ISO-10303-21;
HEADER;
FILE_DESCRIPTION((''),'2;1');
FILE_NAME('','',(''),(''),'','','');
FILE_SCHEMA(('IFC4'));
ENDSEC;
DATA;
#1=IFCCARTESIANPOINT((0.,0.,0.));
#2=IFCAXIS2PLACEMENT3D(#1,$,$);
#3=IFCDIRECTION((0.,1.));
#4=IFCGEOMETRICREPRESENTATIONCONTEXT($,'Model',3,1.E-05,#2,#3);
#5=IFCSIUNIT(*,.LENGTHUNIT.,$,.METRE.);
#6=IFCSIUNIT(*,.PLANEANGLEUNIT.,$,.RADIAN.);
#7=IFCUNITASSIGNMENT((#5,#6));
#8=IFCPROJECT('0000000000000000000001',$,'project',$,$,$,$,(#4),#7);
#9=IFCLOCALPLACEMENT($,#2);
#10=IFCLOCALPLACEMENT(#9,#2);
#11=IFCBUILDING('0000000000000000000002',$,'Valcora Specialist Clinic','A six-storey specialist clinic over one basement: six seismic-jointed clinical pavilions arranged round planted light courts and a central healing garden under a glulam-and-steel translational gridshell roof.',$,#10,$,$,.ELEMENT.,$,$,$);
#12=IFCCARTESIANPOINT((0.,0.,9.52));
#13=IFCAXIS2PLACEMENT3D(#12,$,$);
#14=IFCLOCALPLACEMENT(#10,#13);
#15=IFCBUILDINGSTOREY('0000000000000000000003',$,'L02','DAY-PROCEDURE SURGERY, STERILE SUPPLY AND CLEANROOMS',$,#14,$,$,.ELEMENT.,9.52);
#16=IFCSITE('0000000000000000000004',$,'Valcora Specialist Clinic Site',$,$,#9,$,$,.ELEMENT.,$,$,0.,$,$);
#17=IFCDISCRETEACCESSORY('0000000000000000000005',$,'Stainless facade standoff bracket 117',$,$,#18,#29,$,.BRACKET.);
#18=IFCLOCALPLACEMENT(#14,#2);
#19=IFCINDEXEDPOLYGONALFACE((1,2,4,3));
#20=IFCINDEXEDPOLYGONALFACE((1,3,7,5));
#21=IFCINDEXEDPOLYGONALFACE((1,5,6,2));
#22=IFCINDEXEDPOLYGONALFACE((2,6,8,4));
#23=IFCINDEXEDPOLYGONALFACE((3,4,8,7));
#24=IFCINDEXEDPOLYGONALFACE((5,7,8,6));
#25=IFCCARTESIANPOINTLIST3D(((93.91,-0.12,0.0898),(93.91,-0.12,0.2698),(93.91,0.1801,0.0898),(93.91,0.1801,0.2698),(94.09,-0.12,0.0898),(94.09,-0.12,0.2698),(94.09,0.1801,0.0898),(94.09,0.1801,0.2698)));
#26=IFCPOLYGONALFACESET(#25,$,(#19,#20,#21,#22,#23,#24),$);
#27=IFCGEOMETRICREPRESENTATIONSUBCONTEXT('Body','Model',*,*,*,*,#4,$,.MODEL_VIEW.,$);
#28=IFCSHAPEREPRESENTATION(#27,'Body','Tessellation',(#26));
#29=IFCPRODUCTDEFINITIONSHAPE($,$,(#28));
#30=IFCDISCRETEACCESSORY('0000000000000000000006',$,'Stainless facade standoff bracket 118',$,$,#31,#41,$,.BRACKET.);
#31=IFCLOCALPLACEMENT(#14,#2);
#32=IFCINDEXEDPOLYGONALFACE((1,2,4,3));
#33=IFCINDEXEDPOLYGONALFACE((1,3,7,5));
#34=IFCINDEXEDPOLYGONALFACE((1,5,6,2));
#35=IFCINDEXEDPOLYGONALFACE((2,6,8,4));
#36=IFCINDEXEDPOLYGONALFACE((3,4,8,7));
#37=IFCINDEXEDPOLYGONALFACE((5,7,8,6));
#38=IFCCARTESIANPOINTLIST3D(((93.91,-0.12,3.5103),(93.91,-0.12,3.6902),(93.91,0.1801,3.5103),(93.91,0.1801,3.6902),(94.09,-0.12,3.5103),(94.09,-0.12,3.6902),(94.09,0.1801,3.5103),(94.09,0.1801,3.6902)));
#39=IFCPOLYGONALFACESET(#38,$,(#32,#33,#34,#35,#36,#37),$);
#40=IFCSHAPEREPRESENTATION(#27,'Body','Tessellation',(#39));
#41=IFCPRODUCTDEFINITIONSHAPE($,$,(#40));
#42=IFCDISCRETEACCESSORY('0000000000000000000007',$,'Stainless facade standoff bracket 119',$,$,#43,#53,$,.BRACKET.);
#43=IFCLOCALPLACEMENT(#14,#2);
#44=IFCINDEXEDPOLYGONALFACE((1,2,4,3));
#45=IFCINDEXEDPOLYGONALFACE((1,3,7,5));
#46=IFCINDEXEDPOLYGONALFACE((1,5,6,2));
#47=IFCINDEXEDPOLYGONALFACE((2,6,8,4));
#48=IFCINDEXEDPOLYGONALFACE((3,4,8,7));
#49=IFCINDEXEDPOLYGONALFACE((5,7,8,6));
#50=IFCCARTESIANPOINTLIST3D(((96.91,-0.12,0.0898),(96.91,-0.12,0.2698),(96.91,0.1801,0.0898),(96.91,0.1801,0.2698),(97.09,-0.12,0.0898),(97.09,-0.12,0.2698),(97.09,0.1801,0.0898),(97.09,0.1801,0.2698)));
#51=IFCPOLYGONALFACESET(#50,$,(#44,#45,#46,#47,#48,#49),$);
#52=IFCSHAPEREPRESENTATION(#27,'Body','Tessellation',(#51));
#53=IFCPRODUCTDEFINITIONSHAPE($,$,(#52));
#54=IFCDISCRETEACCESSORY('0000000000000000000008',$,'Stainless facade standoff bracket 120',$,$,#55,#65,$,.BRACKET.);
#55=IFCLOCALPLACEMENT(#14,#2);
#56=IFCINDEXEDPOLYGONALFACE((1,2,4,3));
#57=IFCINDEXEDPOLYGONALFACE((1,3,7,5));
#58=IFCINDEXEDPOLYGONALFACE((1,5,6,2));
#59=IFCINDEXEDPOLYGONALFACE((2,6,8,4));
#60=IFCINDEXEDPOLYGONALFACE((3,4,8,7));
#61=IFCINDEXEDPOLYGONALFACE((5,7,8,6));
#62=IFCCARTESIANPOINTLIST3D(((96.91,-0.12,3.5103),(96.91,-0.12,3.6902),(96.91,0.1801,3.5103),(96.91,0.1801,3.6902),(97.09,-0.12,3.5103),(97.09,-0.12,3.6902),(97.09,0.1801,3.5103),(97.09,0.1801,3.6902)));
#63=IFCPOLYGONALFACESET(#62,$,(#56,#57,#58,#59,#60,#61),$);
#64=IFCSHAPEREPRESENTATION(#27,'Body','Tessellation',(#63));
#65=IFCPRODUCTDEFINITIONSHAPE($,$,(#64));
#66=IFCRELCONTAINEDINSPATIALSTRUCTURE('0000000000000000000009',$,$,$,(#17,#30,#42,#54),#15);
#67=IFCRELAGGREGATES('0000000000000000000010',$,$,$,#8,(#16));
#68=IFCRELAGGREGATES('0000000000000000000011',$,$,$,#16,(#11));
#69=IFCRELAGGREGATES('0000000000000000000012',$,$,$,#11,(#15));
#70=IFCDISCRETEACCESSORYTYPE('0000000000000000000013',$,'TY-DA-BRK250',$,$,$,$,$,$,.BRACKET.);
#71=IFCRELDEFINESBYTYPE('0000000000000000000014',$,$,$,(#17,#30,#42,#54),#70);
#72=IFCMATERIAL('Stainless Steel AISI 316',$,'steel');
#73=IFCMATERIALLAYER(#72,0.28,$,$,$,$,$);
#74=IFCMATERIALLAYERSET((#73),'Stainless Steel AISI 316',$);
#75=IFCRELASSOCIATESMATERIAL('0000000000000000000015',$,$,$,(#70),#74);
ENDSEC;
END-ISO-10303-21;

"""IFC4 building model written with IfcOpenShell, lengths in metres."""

from ifc_helpers import new_model, si_unit, direction, frame, origin, origin_2d, place, context, subcontext, project, spatial, rectangle, extrude, material, layer, layer_set, type_object, element, save


model = new_model("IFC4")

# Units and contexts
model_context = context("Model", 3, precision=1e-05, world=origin(), true_north=direction((0.0, 1.0)))
body_context = subcontext(model_context, "Body", "Model", "MODEL_VIEW")
ifc_project = project(units=[si_unit("LENGTHUNIT", "METRE"), si_unit("PLANEANGLEUNIT", "RADIAN")], contexts=[model_context])

# Site, building, storey
site_placement = place(None, origin())
site = spatial("IfcSite", under=ifc_project, at=site_placement, Name="Valcora Specialist Clinic Site", CompositionType="ELEMENT", RefElevation=0.0)
building_placement = place(site_placement, origin())
building = spatial("IfcBuilding", under=site, at=building_placement, Name="Valcora Specialist Clinic", Description="A six-storey specialist clinic over one basement: six seismic-jointed clinical pavilions arranged round planted light courts and a central healing garden under a glulam-and-steel translational gridshell roof.", CompositionType="ELEMENT")
storey_placement = place(building_placement, frame((0.0, 0.0, 9.52)))
storey = spatial("IfcBuildingStorey", under=building, at=storey_placement, Name="L02", Description="DAY-PROCEDURE SURGERY, STERILE SUPPLY AND CLEANROOMS", CompositionType="ELEMENT", Elevation=9.52)

# Shared definitions
ifc_material_1 = material(Name="Stainless Steel AISI 316", Category="steel")

# Discrete accessories
ifc_layer_1 = layer(ifc_material_1, 0.28)
ifc_layer_set_1 = layer_set([ifc_layer_1], Name="Stainless Steel AISI 316")
discrete_accessory_type = type_object("IfcDiscreteAccessoryType", Name="TY-DA-BRK250", PredefinedType="BRACKET", material=ifc_layer_set_1)
for number, where, z_axis, x_axis, name in (
    (1, (94.0, 0.03, 0.0898), (0.0, 0.0, 1.0), (1.0, 0.0, 0.0), "Stainless facade standoff bracket 117"),
    (2, (94.0, 0.03, 3.5103), (0.0, 0.0, 1.0), (1.0, 0.0, 0.0), "Stainless facade standoff bracket 118"),
    (3, (97.0, 0.03, 0.0898), (0.0, 0.0, 1.0), (1.0, 0.0, 0.0), "Stainless facade standoff bracket 119"),
    (4, (97.0, 0.03, 3.5103), (0.0, 0.0, 1.0), (1.0, 0.0, 0.0), "Stainless facade standoff bracket 120"),
):
    element("IfcDiscreteAccessory", number, at=place(storey_placement, frame(where, z_axis=z_axis, x_axis=x_axis)), inside=storey, type_object=discrete_accessory_type, Name=name, PredefinedType="BRACKET", context=body_context, shape_type="SweptSolid", body=[
        extrude(rectangle(XDim=0.1799, YDim=0.3, at=origin_2d()), origin(), (0.0, 0.0, 1.0), 0.1799),
    ])

save(model, "model.ifc")
